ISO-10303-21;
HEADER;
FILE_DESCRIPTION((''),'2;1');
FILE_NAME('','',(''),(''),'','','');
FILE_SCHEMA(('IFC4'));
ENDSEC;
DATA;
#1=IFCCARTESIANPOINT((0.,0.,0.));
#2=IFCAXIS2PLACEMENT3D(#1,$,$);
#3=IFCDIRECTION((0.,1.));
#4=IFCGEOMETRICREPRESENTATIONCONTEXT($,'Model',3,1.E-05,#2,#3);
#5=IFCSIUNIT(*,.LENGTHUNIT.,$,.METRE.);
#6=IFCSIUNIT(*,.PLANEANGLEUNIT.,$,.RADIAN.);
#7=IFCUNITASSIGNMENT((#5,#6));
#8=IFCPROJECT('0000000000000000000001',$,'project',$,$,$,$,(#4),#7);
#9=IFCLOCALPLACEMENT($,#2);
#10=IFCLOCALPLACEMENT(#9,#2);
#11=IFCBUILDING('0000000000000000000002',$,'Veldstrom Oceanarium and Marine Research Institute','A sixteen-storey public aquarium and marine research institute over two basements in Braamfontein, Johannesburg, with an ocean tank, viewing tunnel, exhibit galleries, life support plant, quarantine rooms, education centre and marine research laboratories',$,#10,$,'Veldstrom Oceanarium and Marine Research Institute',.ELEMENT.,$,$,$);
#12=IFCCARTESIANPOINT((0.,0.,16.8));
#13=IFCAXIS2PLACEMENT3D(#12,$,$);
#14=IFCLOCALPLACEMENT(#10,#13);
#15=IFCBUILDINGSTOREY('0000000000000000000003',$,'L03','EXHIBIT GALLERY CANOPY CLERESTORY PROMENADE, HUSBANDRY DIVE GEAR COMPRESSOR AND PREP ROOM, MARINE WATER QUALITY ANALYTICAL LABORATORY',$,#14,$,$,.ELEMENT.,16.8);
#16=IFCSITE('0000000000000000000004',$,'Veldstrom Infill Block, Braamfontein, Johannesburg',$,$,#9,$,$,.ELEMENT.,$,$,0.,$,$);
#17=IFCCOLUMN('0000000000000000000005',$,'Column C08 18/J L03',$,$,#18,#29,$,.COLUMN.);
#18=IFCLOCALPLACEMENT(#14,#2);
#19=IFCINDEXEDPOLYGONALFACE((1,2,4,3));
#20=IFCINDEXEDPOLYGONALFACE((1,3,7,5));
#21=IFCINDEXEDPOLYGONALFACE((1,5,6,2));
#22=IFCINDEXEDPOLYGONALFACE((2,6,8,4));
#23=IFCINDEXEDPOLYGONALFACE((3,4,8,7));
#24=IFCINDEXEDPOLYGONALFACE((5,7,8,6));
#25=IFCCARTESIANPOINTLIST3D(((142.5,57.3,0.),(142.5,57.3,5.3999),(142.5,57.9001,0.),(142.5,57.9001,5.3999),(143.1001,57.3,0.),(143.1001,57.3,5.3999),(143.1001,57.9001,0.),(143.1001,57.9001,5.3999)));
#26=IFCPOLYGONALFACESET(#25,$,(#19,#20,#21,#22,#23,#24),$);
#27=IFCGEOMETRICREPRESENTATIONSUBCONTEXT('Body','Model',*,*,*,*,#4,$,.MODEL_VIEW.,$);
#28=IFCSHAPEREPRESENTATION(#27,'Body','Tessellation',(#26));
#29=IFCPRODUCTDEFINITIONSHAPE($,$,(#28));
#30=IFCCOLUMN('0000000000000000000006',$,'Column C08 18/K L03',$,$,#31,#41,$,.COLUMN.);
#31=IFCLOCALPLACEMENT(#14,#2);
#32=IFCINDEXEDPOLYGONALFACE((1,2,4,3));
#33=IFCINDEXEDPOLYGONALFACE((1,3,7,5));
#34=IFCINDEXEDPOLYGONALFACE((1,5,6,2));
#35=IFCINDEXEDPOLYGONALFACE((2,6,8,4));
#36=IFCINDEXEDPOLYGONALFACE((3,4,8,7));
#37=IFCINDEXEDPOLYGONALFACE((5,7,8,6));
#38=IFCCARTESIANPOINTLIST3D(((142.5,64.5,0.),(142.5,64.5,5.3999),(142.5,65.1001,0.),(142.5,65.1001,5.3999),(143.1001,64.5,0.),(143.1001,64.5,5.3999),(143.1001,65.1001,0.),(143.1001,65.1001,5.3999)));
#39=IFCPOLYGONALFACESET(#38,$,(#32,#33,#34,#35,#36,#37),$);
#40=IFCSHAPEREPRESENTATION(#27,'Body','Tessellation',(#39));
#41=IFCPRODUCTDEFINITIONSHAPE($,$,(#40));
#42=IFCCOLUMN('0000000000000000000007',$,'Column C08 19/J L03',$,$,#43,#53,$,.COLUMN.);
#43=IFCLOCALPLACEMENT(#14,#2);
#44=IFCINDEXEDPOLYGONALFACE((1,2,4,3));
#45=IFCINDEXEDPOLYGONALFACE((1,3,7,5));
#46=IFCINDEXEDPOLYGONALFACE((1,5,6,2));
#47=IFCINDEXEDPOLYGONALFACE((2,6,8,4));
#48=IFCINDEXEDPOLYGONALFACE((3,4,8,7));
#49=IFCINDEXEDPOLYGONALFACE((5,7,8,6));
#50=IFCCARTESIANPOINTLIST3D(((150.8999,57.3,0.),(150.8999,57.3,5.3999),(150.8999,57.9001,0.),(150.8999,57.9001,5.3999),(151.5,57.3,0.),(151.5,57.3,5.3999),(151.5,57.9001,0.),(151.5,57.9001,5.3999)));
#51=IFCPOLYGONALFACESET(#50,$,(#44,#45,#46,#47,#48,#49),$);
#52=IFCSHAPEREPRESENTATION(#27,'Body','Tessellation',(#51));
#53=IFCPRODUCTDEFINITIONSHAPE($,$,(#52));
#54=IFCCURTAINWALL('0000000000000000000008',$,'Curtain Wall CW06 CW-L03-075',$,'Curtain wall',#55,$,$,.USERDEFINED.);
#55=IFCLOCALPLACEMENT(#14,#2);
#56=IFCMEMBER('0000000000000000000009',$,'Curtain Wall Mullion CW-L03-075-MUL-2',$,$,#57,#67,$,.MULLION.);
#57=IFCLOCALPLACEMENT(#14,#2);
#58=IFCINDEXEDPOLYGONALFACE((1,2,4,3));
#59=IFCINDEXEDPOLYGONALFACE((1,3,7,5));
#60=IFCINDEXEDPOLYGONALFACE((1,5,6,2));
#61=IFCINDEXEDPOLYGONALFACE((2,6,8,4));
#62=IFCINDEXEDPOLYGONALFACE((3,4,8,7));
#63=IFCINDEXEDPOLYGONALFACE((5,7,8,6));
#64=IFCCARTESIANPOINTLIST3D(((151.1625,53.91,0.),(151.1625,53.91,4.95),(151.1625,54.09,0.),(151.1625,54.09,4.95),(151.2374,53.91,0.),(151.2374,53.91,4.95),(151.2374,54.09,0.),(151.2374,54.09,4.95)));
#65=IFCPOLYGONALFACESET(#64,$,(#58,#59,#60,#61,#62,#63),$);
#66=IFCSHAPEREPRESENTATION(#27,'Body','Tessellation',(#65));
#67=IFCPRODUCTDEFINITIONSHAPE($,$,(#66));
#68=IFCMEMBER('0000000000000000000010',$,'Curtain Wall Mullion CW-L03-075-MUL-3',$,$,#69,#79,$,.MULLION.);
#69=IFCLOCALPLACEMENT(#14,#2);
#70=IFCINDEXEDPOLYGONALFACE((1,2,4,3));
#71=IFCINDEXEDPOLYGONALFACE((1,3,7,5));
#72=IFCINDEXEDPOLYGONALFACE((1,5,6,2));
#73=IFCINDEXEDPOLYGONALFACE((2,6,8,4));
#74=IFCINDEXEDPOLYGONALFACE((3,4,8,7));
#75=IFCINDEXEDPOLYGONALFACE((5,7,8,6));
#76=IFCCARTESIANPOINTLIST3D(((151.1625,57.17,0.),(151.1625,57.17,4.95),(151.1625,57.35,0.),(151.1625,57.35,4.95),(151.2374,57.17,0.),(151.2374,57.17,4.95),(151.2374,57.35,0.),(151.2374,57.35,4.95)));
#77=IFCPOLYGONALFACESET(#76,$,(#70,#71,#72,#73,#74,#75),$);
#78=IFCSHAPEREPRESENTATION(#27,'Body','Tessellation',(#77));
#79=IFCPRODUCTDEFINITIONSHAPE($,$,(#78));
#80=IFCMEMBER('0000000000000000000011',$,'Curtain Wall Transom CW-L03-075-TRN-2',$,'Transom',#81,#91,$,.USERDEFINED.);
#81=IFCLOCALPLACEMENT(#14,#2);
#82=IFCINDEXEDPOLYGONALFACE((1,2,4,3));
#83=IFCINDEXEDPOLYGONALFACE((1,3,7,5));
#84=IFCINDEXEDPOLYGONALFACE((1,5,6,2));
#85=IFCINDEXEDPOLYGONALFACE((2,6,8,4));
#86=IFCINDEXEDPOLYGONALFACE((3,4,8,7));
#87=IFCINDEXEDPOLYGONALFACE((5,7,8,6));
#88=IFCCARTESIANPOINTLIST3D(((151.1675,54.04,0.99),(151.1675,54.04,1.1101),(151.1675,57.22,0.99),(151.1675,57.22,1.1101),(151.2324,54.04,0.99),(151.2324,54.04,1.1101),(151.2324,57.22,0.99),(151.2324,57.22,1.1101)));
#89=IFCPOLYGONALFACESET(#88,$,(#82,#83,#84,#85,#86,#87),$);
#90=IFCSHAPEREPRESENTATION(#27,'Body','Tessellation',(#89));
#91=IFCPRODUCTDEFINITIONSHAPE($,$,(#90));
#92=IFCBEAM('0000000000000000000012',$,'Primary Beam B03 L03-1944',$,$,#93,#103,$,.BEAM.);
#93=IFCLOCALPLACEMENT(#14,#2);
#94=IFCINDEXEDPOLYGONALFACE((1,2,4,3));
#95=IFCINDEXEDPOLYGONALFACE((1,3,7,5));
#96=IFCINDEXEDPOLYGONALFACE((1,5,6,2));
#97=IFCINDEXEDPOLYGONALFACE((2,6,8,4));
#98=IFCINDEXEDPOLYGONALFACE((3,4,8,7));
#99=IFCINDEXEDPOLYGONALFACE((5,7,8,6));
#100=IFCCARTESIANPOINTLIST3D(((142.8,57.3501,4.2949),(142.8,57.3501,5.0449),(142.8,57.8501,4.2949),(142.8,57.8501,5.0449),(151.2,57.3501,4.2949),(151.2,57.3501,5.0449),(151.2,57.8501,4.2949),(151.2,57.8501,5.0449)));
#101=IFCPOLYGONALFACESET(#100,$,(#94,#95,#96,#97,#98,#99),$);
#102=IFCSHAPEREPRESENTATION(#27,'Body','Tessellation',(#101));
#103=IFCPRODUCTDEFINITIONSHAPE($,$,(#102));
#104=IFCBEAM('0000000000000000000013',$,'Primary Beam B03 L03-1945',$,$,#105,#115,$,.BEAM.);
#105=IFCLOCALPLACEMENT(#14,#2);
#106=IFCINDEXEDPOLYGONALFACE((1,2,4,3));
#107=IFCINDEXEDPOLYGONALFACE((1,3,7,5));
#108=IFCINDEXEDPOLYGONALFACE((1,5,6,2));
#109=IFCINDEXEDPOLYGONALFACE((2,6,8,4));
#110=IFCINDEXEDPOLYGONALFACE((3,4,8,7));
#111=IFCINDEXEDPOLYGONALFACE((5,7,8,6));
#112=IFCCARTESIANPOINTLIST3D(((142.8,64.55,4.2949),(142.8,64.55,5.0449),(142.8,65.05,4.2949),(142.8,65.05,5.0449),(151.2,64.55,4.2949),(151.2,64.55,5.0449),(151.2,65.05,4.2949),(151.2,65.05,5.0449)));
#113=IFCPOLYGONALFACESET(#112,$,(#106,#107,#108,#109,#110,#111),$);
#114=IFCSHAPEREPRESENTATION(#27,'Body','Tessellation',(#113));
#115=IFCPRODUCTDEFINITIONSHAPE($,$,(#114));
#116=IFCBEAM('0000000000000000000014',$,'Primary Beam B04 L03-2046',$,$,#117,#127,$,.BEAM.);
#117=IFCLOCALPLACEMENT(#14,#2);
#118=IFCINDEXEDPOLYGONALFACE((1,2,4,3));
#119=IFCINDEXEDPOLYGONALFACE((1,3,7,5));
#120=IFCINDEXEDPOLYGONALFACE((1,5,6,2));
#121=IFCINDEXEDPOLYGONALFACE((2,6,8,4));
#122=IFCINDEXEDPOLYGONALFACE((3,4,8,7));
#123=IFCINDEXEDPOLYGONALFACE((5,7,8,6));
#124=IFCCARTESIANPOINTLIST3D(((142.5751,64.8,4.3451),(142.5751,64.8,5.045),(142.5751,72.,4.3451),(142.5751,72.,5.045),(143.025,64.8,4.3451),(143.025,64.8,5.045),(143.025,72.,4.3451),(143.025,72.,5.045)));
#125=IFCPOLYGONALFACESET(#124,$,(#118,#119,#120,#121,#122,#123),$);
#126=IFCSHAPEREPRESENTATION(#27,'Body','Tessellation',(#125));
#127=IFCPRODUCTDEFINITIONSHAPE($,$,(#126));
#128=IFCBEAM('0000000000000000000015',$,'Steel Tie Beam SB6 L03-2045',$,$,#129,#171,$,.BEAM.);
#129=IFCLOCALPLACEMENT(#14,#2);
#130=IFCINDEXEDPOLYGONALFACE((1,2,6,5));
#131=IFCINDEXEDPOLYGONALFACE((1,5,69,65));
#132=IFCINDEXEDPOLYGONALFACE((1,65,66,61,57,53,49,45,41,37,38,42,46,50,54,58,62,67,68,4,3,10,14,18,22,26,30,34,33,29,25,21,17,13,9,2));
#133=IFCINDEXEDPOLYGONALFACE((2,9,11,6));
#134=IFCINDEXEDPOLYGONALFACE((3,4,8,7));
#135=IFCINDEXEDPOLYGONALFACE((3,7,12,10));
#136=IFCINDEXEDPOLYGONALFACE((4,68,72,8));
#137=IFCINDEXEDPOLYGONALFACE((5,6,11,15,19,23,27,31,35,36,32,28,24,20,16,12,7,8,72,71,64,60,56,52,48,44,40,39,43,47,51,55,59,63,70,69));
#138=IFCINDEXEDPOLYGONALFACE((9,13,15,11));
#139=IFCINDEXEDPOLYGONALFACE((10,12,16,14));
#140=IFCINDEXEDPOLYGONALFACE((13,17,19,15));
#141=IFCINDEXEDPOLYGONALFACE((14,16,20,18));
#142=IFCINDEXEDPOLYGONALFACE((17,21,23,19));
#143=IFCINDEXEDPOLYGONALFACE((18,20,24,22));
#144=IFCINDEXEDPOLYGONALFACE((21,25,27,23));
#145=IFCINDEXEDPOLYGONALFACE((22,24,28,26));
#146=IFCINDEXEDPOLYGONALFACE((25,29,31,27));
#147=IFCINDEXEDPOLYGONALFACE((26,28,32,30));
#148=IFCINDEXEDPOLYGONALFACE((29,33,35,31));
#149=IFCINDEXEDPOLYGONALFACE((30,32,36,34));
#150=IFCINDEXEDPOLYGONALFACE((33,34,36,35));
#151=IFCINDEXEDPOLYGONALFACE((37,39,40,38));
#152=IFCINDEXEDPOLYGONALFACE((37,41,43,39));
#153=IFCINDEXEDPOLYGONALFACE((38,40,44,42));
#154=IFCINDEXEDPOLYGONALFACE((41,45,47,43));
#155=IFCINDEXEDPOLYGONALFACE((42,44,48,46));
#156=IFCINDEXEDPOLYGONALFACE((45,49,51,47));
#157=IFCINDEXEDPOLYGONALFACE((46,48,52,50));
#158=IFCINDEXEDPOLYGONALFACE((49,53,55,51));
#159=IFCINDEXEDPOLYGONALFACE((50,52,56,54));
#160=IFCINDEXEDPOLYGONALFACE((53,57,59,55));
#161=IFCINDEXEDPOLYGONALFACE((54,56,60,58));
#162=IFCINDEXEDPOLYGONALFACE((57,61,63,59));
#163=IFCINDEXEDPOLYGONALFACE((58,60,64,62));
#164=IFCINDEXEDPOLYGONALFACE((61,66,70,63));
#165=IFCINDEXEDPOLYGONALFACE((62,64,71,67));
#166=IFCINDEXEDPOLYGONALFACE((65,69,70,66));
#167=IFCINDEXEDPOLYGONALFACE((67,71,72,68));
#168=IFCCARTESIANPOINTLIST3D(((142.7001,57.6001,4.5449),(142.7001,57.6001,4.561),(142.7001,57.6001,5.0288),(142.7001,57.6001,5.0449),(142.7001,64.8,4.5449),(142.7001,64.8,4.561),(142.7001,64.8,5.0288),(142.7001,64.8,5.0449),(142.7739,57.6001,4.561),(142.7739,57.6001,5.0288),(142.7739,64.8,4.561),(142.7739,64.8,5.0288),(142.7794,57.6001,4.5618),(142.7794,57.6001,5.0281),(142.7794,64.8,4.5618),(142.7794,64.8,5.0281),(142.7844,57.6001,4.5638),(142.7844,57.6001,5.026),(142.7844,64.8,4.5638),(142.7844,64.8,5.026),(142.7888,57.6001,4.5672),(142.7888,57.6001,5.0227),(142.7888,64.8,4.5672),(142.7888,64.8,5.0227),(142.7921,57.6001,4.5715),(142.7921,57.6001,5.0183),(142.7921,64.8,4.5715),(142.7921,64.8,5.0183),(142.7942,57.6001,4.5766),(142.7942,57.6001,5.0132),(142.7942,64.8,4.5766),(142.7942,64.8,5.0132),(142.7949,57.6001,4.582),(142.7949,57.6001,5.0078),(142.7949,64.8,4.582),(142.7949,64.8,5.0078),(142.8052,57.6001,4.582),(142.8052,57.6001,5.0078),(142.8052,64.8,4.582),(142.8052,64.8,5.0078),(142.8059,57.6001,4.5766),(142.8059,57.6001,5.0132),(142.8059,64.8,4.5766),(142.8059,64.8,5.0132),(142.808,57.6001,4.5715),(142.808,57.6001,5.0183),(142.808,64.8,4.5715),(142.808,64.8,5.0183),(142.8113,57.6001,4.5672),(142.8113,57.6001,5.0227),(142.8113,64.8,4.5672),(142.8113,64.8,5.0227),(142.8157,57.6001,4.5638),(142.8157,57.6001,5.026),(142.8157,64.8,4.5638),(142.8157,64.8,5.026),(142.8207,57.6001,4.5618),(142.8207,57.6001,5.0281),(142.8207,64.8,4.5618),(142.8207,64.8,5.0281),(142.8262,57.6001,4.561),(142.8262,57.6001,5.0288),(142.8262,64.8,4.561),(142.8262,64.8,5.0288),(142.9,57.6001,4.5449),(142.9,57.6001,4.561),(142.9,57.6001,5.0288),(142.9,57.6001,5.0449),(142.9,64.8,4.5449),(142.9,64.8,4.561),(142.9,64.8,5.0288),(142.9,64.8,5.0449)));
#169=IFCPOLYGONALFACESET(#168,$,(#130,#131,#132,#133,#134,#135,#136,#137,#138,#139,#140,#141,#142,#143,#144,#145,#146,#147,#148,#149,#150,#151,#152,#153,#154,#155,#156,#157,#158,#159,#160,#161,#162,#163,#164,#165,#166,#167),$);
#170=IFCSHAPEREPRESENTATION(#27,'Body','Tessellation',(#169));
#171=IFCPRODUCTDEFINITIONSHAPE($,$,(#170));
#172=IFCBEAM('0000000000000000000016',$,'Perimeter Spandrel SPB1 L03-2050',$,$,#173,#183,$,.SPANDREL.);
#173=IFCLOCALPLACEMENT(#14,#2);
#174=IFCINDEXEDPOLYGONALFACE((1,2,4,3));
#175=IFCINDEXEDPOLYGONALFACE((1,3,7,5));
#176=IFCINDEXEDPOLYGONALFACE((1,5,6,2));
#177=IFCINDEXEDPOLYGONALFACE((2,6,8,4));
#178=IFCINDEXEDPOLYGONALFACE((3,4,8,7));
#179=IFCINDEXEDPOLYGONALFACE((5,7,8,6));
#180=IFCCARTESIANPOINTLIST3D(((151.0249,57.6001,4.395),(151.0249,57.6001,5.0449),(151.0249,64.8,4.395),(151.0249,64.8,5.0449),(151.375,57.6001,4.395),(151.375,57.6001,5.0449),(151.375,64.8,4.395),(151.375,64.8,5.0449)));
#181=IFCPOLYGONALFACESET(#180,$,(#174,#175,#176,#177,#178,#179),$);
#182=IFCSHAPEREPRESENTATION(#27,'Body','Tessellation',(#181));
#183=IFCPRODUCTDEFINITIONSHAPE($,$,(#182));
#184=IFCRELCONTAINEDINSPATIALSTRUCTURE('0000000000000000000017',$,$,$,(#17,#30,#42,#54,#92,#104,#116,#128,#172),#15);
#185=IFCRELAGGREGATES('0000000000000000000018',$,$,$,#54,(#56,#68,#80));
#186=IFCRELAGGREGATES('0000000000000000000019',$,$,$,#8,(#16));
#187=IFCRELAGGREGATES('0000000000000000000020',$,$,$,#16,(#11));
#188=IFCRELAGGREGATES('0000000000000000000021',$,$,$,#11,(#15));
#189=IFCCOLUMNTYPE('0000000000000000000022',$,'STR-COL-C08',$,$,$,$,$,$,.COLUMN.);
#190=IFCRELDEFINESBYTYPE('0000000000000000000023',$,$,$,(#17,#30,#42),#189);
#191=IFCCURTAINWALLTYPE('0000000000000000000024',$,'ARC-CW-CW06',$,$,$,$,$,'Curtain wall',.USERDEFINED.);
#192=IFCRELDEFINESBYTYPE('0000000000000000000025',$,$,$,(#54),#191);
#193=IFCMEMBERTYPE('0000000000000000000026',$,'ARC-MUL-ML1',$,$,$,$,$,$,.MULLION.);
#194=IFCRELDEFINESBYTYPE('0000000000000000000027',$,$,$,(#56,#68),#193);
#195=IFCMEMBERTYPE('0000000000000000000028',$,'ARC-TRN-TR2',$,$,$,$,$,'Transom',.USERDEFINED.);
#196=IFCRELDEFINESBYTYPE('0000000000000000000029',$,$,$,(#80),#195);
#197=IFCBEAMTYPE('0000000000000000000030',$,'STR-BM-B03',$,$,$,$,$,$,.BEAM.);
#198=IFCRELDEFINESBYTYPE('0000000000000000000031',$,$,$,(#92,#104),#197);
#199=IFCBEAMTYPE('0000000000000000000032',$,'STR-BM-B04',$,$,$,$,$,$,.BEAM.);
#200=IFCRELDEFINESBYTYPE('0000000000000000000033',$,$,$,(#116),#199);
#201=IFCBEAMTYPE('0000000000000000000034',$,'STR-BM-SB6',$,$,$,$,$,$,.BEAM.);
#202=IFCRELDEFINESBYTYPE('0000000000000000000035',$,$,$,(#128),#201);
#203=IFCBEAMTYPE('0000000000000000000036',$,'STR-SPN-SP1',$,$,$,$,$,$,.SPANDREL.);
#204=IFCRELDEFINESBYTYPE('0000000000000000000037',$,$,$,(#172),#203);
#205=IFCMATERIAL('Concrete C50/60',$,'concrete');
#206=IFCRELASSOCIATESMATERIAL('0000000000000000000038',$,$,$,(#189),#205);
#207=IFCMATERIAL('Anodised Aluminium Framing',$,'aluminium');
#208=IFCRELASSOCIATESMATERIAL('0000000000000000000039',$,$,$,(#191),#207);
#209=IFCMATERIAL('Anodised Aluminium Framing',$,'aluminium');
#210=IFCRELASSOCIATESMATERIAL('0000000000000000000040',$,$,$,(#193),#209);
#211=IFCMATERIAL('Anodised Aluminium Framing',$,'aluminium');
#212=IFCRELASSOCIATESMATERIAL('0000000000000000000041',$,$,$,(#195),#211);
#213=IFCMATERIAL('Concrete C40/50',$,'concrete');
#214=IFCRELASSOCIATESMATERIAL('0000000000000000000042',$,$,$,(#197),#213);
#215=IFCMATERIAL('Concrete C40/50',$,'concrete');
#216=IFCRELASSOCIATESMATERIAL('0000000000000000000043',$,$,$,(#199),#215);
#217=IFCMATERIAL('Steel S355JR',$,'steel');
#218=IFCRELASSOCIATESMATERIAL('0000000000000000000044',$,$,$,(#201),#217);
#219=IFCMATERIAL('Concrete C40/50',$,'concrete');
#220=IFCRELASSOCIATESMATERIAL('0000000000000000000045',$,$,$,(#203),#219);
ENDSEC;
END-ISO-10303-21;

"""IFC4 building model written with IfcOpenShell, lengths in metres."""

from ifc_helpers import new_model, si_unit, direction, frame, origin, origin_2d, place, context, subcontext, project, spatial, rectangle, i_section, extrude, material, material_profile, profile_set, type_object, element, aggregate, save


model = new_model("IFC4")

# Units and contexts
model_context = context("Model", 3, precision=1e-05, world=origin(), true_north=direction((0.0, 1.0)))
body_context = subcontext(model_context, "Body", "Model", "MODEL_VIEW")
ifc_project = project(units=[si_unit("LENGTHUNIT", "METRE"), si_unit("PLANEANGLEUNIT", "RADIAN")], contexts=[model_context])

# Site, building, storey
site_placement = place(None, origin())
site = spatial("IfcSite", under=ifc_project, at=site_placement, Name="Veldstrom Infill Block, Braamfontein, Johannesburg", CompositionType="ELEMENT", RefElevation=0.0)
building_placement = place(site_placement, origin())
building = spatial("IfcBuilding", under=site, at=building_placement, Name="Veldstrom Oceanarium and Marine Research Institute", Description="A sixteen-storey public aquarium and marine research institute over two basements in Braamfontein, Johannesburg, with an ocean tank, viewing tunnel, exhibit galleries, life support plant, quarantine rooms, education centre and marine research laboratories", LongName="Veldstrom Oceanarium and Marine Research Institute", CompositionType="ELEMENT")
storey_placement = place(building_placement, frame((0.0, 0.0, 16.8)))
storey = spatial("IfcBuildingStorey", under=building, at=storey_placement, Name="L03", Description="EXHIBIT GALLERY CANOPY CLERESTORY PROMENADE, HUSBANDRY DIVE GEAR COMPRESSOR AND PREP ROOM, MARINE WATER QUALITY ANALYTICAL LABORATORY", CompositionType="ELEMENT", Elevation=16.8)

# Columns
ifc_material_1 = material(Name="Concrete C50/60", Category="concrete")
ifc_material_profile_1 = material_profile(ifc_material_1, rectangle(XDim=0.6001, YDim=0.6001, at=origin_2d()), Name="RC-COL-600x600")
ifc_profile_set_1 = profile_set([ifc_material_profile_1], Name="Concrete C50/60")
column_type = type_object("IfcColumnType", Name="STR-COL-C08", PredefinedType="COLUMN", material=ifc_profile_set_1)
for number, where, z_axis, x_axis, name in (
    (1, (142.8, 57.6001, 0.0), (0.0, 0.0, 1.0), (1.0, 0.0, 0.0), "Column C08 18/J L03"),
    (2, (142.8, 64.8, 0.0), (0.0, 0.0, 1.0), (1.0, 0.0, 0.0), "Column C08 18/K L03"),
    (3, (151.2, 57.6001, 0.0), (0.0, 0.0, 1.0), (1.0, 0.0, 0.0), "Column C08 19/J L03"),
):
    element("IfcColumn", number, at=place(storey_placement, frame(where, z_axis=z_axis, x_axis=x_axis)), inside=storey, type_object=column_type, Name=name, PredefinedType="COLUMN", context=body_context, shape_type="SweptSolid", body=[
        extrude(rectangle(XDim=0.6001, YDim=0.6001, at=origin_2d()), origin(), (0.0, 0.0, 1.0), 5.3999),
    ])

# Curtain wall, members
ifc_material_2 = material(Name="Anodised Aluminium Framing", Category="aluminium")
curtain_wall_type = type_object("IfcCurtainWallType", Name="ARC-CW-CW06", ElementType="Curtain wall", PredefinedType="USERDEFINED", material=ifc_material_2)
curtain_wall_placement = place(storey_placement, origin())
curtain_wall = element("IfcCurtainWall", 4, at=curtain_wall_placement, inside=storey, type_object=curtain_wall_type, Name="Curtain Wall CW06 CW-L03-075", ObjectType="Curtain wall", PredefinedType="USERDEFINED")
ifc_material_3 = material(Name="Anodised Aluminium Framing", Category="aluminium")
ifc_material_profile_2 = material_profile(ifc_material_3, rectangle(XDim=0.075, YDim=0.1799, at=origin_2d()), Name="ALU-MUL-75x180")
ifc_profile_set_2 = profile_set([ifc_material_profile_2], Name="Anodised Aluminium Framing")
member_type_1 = type_object("IfcMemberType", Name="ARC-MUL-ML1", PredefinedType="MULLION", material=ifc_profile_set_2)
member_1_placement = place(storey_placement, frame((151.2, 54.0, 0.0), z_axis=(0.0, 0.0, 1.0), x_axis=(1.0, 0.0, 0.0)))
member_1 = element("IfcMember", 5, at=member_1_placement, type_object=member_type_1, Name="Curtain Wall Mullion CW-L03-075-MUL-2", PredefinedType="MULLION", context=body_context, shape_type="SweptSolid", body=[
    extrude(rectangle(XDim=0.075, YDim=0.1799, at=origin_2d()), origin(), (0.0, 0.0, 1.0), 4.95),
])
member_2_placement = place(storey_placement, frame((151.2, 57.26, 0.0), z_axis=(0.0, 0.0, 1.0), x_axis=(1.0, 0.0, 0.0)))
member_2 = element("IfcMember", 6, at=member_2_placement, type_object=member_type_1, Name="Curtain Wall Mullion CW-L03-075-MUL-3", PredefinedType="MULLION", context=body_context, shape_type="SweptSolid", body=[
    extrude(rectangle(XDim=0.075, YDim=0.1799, at=origin_2d()), origin(), (0.0, 0.0, 1.0), 4.95),
])
ifc_material_4 = material(Name="Anodised Aluminium Framing", Category="aluminium")
ifc_material_profile_3 = material_profile(ifc_material_4, rectangle(XDim=0.0649, YDim=0.1201, at=origin_2d()), Name="ALU-TRN-65x120")
ifc_profile_set_3 = profile_set([ifc_material_profile_3], Name="Anodised Aluminium Framing")
member_type_2 = type_object("IfcMemberType", Name="ARC-TRN-TR2", ElementType="Transom", PredefinedType="USERDEFINED", material=ifc_profile_set_3)
member_3_placement = place(storey_placement, frame((151.2, 54.04, 1.05), z_axis=(0.0, 1.0, 0.0), x_axis=(-1.0, 0.0, 0.0)))
member_3 = element("IfcMember", 7, at=member_3_placement, type_object=member_type_2, Name="Curtain Wall Transom CW-L03-075-TRN-2", ObjectType="Transom", PredefinedType="USERDEFINED", context=body_context, shape_type="SweptSolid", body=[
    extrude(rectangle(XDim=0.0649, YDim=0.1201, at=origin_2d()), origin(), (0.0, 0.0, 1.0), 3.1799),
])

# Beams
ifc_material_5 = material(Name="Concrete C40/50", Category="concrete")
ifc_material_profile_4 = material_profile(ifc_material_5, rectangle(XDim=0.5, YDim=0.75, at=origin_2d()), Name="RC-BM-500x750")
ifc_profile_set_4 = profile_set([ifc_material_profile_4], Name="Concrete C40/50")
beam_type_1 = type_object("IfcBeamType", Name="STR-BM-B03", PredefinedType="BEAM", material=ifc_profile_set_4)
for number, where, z_axis, x_axis, name in (
    (8, (142.8, 57.6001, 4.6699), (1.0, 0.0, 0.0), (0.0, 1.0, 0.0), "Primary Beam B03 L03-1944"),
    (9, (142.8, 64.8, 4.6699), (1.0, 0.0, 0.0), (0.0, 1.0, 0.0), "Primary Beam B03 L03-1945"),
):
    element("IfcBeam", number, at=place(storey_placement, frame(where, z_axis=z_axis, x_axis=x_axis)), inside=storey, type_object=beam_type_1, Name=name, PredefinedType="BEAM", context=body_context, shape_type="SweptSolid", body=[
        extrude(rectangle(XDim=0.5, YDim=0.75, at=origin_2d()), origin(), (0.0, 0.0, 1.0), 8.3999),
    ])
ifc_material_6 = material(Name="Concrete C40/50", Category="concrete")
ifc_material_profile_5 = material_profile(ifc_material_6, rectangle(XDim=0.45, YDim=0.7, at=origin_2d()), Name="RC-BM-450x700")
ifc_profile_set_5 = profile_set([ifc_material_profile_5], Name="Concrete C40/50")
beam_type_2 = type_object("IfcBeamType", Name="STR-BM-B04", PredefinedType="BEAM", material=ifc_profile_set_5)
beam_1_placement = place(storey_placement, frame((142.8, 64.8, 4.6951), z_axis=(0.0, 1.0, 0.0), x_axis=(-1.0, 0.0, 0.0)))
element("IfcBeam", 10, at=beam_1_placement, inside=storey, type_object=beam_type_2, Name="Primary Beam B04 L03-2046", PredefinedType="BEAM", context=body_context, shape_type="SweptSolid", body=[
    extrude(rectangle(XDim=0.45, YDim=0.7, at=origin_2d()), origin(), (0.0, 0.0, 1.0), 7.2),
])
ifc_material_7 = material(Name="Steel S355JR", Category="steel")
ifc_material_profile_6 = material_profile(ifc_material_7, i_section(OverallWidth=0.2, OverallDepth=0.5, WebThickness=0.0103, FlangeThickness=0.0161, FilletRadius=0.021, at=origin_2d()), Name="IPE 500")
ifc_profile_set_6 = profile_set([ifc_material_profile_6], Name="Steel S355JR")
beam_type_3 = type_object("IfcBeamType", Name="STR-BM-SB6", PredefinedType="BEAM", material=ifc_profile_set_6)
beam_2_placement = place(storey_placement, frame((142.8, 57.6001, 4.7949), z_axis=(0.0, 1.0, 0.0), x_axis=(-1.0, 0.0, 0.0)))
element("IfcBeam", 11, at=beam_2_placement, inside=storey, type_object=beam_type_3, Name="Steel Tie Beam SB6 L03-2045", PredefinedType="BEAM", context=body_context, shape_type="SweptSolid", body=[
    extrude(i_section(OverallWidth=0.2, OverallDepth=0.5, WebThickness=0.0103, FlangeThickness=0.0161, FilletRadius=0.021, at=origin_2d()), origin(), (0.0, 0.0, 1.0), 7.2),
])
ifc_material_8 = material(Name="Concrete C40/50", Category="concrete")
ifc_material_profile_7 = material_profile(ifc_material_8, rectangle(XDim=0.3501, YDim=0.6499, at=origin_2d()), Name="RC-SPN-350x650")
ifc_profile_set_7 = profile_set([ifc_material_profile_7], Name="Concrete C40/50")
beam_type_4 = type_object("IfcBeamType", Name="STR-SPN-SP1", PredefinedType="SPANDREL", material=ifc_profile_set_7)
beam_3_placement = place(storey_placement, frame((151.2, 57.6001, 4.72), z_axis=(0.0, 1.0, 0.0), x_axis=(-1.0, 0.0, 0.0)))
element("IfcBeam", 12, at=beam_3_placement, inside=storey, type_object=beam_type_4, Name="Perimeter Spandrel SPB1 L03-2050", PredefinedType="SPANDREL", context=body_context, shape_type="SweptSolid", body=[
    extrude(rectangle(XDim=0.3501, YDim=0.6499, at=origin_2d()), origin(), (0.0, 0.0, 1.0), 7.2),
])

aggregate(curtain_wall, [member_1, member_2, member_3])

save(model, "model.ifc")
